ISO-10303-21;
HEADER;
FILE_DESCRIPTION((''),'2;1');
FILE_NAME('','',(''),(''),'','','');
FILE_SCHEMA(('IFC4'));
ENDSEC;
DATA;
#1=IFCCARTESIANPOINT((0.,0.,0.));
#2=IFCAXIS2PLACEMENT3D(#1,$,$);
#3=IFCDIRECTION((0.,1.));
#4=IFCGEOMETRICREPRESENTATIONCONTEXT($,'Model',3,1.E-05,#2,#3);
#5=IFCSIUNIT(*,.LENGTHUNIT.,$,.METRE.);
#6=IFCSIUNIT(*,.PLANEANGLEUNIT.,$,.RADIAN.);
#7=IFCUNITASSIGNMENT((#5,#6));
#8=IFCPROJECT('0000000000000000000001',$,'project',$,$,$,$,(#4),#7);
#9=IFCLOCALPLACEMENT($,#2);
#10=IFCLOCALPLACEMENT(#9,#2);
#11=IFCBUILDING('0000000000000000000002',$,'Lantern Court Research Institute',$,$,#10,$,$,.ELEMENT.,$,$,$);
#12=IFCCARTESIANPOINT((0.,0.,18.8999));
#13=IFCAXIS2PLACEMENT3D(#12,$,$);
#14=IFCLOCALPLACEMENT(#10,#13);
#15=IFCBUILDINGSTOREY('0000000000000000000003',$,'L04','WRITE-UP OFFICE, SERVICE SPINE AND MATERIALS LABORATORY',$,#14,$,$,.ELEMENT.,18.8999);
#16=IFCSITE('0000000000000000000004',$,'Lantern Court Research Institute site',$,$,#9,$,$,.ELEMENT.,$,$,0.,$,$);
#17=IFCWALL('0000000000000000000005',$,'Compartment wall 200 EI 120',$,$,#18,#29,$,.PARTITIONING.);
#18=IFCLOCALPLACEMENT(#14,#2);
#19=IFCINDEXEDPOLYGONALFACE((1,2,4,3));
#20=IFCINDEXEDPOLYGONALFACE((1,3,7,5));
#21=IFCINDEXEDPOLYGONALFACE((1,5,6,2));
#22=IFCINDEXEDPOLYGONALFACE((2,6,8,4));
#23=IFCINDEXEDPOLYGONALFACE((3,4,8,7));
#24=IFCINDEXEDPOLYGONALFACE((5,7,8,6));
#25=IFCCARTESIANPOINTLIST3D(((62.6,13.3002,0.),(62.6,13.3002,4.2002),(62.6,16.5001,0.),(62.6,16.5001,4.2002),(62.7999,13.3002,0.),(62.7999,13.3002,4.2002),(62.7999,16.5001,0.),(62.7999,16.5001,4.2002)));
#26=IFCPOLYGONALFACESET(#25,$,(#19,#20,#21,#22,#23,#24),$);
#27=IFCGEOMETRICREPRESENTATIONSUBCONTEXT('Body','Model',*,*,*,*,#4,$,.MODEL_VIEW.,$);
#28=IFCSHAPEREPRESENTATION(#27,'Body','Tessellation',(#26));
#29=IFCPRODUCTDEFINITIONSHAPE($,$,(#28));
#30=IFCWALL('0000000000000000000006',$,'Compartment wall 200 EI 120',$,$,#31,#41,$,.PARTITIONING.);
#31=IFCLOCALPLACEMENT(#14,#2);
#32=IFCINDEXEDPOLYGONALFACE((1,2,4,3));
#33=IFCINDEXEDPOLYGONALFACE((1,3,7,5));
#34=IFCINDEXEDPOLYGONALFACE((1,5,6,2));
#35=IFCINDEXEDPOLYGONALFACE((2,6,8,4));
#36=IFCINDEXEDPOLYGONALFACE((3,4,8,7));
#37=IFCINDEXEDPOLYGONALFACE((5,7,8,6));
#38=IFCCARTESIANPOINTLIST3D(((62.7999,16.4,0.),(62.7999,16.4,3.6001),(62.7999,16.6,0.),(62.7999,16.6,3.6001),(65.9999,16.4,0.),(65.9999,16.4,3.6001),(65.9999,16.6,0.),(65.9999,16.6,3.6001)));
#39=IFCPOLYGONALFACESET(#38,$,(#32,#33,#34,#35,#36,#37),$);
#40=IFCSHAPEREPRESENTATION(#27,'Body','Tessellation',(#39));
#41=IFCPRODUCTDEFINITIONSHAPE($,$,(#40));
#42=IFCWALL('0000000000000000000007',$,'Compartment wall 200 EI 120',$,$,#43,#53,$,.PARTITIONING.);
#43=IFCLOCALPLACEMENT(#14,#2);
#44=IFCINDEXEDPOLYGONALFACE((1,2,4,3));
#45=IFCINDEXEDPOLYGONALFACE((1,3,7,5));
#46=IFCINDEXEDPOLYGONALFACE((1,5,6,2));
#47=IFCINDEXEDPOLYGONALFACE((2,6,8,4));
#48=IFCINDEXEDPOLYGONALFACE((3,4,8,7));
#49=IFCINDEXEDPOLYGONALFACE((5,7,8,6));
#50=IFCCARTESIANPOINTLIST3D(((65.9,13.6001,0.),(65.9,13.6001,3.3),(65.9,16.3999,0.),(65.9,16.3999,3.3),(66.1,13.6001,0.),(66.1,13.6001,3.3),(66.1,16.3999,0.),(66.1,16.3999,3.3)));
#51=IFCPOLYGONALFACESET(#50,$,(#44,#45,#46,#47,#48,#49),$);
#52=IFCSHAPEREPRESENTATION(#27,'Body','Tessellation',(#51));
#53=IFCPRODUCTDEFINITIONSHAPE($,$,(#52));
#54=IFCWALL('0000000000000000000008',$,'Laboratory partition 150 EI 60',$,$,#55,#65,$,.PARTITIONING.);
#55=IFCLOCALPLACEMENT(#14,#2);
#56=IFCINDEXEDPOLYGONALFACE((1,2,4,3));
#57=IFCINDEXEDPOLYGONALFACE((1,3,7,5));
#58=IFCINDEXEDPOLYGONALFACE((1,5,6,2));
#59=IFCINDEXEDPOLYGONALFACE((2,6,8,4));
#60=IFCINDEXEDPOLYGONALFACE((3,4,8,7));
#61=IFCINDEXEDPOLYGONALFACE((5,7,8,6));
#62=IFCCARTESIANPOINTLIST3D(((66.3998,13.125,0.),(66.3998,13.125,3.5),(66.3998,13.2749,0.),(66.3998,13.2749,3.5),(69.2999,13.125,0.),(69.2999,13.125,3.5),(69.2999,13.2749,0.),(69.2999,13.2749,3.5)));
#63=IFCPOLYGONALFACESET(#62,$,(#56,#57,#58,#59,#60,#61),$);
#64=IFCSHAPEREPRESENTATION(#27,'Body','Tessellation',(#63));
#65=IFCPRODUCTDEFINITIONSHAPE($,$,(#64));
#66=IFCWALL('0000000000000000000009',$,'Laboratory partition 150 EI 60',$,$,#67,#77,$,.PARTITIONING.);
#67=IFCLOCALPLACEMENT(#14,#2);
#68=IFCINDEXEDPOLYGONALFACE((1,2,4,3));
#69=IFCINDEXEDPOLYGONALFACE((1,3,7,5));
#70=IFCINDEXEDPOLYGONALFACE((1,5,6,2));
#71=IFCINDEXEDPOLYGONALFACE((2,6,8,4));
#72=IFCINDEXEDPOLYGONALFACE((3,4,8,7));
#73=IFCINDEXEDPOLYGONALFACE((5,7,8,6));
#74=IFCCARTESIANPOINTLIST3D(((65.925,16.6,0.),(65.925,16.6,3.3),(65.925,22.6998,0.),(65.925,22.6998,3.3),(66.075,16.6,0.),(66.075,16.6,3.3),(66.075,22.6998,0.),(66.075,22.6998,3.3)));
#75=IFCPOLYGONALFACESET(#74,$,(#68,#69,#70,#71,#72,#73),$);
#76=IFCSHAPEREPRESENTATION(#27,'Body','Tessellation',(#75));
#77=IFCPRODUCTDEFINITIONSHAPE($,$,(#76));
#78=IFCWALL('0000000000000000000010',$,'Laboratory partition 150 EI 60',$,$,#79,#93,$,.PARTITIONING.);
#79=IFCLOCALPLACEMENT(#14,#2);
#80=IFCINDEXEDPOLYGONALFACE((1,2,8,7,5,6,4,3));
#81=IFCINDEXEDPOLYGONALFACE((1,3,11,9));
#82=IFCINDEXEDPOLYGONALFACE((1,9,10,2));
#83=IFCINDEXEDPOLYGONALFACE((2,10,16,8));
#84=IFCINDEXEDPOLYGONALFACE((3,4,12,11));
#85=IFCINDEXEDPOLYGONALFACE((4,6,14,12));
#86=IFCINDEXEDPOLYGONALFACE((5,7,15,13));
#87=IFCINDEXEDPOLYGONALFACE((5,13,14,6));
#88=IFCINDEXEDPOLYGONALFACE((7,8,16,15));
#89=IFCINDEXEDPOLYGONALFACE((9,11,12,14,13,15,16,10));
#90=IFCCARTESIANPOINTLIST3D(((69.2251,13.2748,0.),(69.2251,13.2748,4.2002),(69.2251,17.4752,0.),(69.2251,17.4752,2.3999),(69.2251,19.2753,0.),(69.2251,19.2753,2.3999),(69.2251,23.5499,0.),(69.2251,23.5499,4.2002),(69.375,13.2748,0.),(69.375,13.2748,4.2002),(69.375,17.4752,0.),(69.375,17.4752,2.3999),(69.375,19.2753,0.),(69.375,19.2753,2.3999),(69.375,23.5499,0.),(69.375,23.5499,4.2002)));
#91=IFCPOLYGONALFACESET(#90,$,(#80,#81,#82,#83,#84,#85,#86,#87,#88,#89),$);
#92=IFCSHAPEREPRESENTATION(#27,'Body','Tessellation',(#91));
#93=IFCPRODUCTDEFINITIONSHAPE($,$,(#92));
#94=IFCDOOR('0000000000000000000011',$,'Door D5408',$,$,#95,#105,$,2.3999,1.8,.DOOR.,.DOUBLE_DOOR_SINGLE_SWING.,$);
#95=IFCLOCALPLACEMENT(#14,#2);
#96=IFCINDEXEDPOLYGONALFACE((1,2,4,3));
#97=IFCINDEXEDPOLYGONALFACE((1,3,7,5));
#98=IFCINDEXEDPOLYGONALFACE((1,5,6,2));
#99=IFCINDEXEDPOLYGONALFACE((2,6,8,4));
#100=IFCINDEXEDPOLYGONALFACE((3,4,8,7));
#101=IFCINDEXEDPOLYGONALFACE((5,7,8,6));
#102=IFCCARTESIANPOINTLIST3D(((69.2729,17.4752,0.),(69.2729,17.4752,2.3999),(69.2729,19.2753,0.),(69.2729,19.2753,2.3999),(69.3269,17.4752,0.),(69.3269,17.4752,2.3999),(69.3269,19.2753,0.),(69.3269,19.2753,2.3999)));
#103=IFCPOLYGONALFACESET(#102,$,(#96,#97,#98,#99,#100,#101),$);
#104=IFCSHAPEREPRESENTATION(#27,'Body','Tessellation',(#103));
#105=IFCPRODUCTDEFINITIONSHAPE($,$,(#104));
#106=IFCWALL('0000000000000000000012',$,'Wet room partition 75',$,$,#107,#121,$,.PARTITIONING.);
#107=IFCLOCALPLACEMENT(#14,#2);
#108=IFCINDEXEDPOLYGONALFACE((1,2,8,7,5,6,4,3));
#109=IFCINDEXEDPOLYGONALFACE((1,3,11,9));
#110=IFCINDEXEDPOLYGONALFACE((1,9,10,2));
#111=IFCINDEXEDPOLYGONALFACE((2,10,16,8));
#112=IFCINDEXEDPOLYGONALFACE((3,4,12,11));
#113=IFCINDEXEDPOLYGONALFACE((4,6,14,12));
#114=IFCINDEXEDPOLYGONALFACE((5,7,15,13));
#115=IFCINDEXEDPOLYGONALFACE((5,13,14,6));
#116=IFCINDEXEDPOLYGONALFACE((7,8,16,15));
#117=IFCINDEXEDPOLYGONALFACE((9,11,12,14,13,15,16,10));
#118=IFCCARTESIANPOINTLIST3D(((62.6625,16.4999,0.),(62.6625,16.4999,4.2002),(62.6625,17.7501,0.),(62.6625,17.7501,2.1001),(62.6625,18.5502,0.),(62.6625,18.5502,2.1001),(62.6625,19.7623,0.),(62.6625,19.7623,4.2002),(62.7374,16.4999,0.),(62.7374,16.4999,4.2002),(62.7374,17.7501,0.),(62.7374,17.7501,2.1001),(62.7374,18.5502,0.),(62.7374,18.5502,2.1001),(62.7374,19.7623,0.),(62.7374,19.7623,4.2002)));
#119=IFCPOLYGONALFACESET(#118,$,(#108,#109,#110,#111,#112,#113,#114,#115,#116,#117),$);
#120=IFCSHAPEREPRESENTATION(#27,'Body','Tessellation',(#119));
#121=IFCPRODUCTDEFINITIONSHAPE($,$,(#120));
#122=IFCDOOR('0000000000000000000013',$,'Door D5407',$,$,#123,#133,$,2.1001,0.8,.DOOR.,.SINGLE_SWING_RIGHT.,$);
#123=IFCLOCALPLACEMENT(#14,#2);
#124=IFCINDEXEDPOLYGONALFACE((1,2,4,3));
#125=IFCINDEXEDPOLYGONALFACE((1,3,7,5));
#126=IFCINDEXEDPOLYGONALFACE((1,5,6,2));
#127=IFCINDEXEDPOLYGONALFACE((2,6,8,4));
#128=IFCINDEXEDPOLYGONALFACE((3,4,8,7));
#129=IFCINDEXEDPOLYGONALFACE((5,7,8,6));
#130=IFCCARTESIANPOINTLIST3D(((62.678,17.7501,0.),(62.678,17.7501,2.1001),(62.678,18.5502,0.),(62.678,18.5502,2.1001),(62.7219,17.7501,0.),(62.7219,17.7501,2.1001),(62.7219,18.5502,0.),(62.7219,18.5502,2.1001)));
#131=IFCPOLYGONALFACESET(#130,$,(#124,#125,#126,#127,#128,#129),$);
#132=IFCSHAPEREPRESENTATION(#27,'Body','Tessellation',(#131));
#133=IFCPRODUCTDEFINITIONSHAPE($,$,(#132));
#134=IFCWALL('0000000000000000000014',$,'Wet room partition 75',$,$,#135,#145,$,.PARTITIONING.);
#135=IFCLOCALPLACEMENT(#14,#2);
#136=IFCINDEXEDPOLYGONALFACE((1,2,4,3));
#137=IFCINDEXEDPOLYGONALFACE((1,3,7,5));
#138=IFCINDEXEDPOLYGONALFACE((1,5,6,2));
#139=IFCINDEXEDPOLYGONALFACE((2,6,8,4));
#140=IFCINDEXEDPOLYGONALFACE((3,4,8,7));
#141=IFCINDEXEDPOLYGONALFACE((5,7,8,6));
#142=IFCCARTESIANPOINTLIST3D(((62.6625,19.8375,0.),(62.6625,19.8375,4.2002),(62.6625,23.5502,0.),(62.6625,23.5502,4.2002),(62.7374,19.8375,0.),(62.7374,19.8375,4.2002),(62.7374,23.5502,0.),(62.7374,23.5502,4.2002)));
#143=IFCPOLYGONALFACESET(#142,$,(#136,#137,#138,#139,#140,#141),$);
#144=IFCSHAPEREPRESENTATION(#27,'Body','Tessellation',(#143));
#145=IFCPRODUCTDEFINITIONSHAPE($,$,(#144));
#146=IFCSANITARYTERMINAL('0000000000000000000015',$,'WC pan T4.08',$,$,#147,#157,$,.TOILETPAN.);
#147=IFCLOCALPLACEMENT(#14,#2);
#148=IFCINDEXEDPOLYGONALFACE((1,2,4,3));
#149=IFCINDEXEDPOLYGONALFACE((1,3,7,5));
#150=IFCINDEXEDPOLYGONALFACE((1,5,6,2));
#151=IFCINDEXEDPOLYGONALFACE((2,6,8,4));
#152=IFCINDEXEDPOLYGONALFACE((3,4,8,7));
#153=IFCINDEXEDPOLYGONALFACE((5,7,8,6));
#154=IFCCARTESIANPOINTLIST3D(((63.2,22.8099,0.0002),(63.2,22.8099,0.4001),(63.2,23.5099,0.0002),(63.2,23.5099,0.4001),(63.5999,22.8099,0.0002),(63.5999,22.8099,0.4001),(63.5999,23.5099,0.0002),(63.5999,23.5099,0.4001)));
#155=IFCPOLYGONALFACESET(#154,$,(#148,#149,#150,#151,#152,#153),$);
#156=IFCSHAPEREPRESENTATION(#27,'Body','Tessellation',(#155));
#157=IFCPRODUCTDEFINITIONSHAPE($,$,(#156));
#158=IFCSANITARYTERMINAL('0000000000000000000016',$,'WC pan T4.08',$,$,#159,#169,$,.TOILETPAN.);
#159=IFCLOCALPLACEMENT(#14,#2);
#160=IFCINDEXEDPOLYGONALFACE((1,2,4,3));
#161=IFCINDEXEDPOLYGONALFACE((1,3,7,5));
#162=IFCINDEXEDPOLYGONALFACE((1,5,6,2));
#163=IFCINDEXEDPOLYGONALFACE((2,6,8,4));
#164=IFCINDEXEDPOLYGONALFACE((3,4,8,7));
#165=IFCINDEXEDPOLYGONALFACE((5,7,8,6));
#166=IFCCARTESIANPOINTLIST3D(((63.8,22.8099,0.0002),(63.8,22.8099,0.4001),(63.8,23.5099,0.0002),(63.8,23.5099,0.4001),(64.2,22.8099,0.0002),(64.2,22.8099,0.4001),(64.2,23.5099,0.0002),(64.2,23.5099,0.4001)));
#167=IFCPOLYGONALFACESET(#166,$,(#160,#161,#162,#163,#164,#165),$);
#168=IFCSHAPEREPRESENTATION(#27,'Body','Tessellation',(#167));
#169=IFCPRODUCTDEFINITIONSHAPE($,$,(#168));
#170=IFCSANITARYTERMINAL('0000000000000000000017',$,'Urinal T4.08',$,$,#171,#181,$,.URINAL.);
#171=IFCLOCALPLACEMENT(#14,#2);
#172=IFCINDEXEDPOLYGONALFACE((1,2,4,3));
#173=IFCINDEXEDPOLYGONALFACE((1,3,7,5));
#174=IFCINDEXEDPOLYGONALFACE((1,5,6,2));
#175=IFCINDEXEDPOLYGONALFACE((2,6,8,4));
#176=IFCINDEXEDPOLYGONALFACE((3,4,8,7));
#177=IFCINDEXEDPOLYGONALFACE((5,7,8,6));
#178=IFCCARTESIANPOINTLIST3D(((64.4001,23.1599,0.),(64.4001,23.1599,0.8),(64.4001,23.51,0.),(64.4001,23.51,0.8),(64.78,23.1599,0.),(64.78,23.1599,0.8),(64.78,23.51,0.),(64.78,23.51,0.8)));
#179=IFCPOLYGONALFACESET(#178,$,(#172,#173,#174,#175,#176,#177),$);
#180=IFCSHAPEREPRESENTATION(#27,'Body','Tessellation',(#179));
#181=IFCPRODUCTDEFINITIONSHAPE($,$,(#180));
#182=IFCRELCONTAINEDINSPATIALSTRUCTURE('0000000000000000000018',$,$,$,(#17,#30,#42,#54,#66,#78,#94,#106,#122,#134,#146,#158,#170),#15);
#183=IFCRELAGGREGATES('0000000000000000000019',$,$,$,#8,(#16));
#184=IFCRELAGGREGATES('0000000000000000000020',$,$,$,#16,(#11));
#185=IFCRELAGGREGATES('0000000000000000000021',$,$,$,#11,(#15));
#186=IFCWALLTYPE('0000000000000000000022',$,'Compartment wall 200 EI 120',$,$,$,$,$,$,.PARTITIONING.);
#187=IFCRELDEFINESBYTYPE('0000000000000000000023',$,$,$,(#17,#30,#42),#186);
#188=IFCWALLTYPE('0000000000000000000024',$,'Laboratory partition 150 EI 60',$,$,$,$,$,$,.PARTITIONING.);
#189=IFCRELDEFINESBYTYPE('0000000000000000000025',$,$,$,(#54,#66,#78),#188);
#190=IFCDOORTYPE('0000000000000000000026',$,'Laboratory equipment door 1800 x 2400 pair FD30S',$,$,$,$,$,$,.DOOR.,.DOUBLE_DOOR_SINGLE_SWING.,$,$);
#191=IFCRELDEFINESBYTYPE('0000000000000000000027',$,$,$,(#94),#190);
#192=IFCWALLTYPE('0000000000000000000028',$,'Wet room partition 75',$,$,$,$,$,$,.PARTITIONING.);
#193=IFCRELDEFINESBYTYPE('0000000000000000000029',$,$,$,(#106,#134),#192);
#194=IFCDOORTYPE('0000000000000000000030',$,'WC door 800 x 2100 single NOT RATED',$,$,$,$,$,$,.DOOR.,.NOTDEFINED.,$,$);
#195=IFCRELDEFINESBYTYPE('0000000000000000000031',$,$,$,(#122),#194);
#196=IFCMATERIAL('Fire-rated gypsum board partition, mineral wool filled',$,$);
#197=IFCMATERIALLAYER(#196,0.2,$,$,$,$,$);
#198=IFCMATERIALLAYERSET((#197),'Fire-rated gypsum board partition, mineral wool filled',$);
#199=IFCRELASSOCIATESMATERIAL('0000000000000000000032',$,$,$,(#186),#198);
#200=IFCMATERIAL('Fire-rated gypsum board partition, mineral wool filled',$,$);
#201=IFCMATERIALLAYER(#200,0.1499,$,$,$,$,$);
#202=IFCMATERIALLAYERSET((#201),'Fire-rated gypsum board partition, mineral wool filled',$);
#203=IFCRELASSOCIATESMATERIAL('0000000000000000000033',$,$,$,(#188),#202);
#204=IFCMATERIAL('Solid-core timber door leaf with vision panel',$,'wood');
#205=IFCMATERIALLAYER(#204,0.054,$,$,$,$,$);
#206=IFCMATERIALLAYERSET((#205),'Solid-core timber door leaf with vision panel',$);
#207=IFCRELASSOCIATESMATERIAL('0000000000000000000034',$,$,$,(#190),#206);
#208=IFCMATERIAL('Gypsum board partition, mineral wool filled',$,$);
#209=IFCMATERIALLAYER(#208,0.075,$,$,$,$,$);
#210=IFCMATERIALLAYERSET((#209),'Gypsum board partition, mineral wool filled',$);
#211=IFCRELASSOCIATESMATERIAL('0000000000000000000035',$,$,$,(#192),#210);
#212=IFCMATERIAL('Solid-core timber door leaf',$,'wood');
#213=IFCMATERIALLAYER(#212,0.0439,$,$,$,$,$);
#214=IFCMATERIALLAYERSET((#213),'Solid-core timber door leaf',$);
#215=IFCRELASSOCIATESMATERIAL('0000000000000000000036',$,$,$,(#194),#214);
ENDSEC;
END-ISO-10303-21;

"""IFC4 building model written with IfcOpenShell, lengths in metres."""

from ifc_helpers import new_model, si_unit, direction, frame, frame_2d, origin, origin_2d, place, context, subcontext, project, spatial, rectangle, extrude, material, layer, layer_set, type_object, element, fill, save


model = new_model("IFC4")

# Units and contexts
model_context = context("Model", 3, precision=1e-05, world=origin(), true_north=direction((0.0, 1.0)))
body_context = subcontext(model_context, "Body", "Model", "MODEL_VIEW")
ifc_project = project(units=[si_unit("LENGTHUNIT", "METRE"), si_unit("PLANEANGLEUNIT", "RADIAN")], contexts=[model_context])

# Site, building, storey
site_placement = place(None, origin())
site = spatial("IfcSite", under=ifc_project, at=site_placement, Name="Lantern Court Research Institute site", CompositionType="ELEMENT", RefElevation=0.0)
building_placement = place(site_placement, origin())
building = spatial("IfcBuilding", under=site, at=building_placement, Name="Lantern Court Research Institute", CompositionType="ELEMENT")
storey_placement = place(building_placement, frame((0.0, 0.0, 18.8999)))
storey = spatial("IfcBuildingStorey", under=building, at=storey_placement, Name="L04", Description="WRITE-UP OFFICE, SERVICE SPINE AND MATERIALS LABORATORY", CompositionType="ELEMENT", Elevation=18.8999)

# Shared definitions
ifc_material_1 = material(Name="Fire-rated gypsum board partition, mineral wool filled")
ifc_layer_1 = layer(ifc_material_1, 0.2)
ifc_layer_set_1 = layer_set([ifc_layer_1], Name="Fire-rated gypsum board partition, mineral wool filled")
wall_type_1 = type_object("IfcWallType", Name="Compartment wall 200 EI 120", PredefinedType="PARTITIONING", material=ifc_layer_set_1)

# Walls
wall_1_placement = place(storey_placement, frame((62.7, 13.3, 0.0), z_axis=(0.0, 0.0, 1.0), x_axis=(0.0, 1.0, 0.0)))
element("IfcWall", 1, at=wall_1_placement, inside=storey, type_object=wall_type_1, Name="Compartment wall 200 EI 120", PredefinedType="PARTITIONING", context=body_context, shape_type="SweptSolid", body=[
    extrude(rectangle(XDim=3.2, YDim=0.2, at=frame_2d((1.6001, 0.0))), origin(), (0.0, 0.0, 1.0), 4.2002),
])
wall_2_placement = place(storey_placement, frame((66.0, 16.5, 0.0), z_axis=(0.0, 0.0, 1.0), x_axis=(-1.0, 0.0, 0.0)))
element("IfcWall", 2, at=wall_2_placement, inside=storey, type_object=wall_type_1, Name="Compartment wall 200 EI 120", PredefinedType="PARTITIONING", context=body_context, shape_type="SweptSolid", body=[
    extrude(rectangle(XDim=3.2, YDim=0.2, at=frame_2d((1.6001, 0.0))), origin(), (0.0, 0.0, 1.0), 3.6001),
])
wall_3_placement = place(storey_placement, frame((66.0, 13.6001, 0.0), z_axis=(0.0, 0.0, 1.0), x_axis=(0.0, 1.0, 0.0)))
element("IfcWall", 3, at=wall_3_placement, inside=storey, type_object=wall_type_1, Name="Compartment wall 200 EI 120", PredefinedType="PARTITIONING", context=body_context, shape_type="SweptSolid", body=[
    extrude(rectangle(XDim=2.7998, YDim=0.2, at=frame_2d((1.3999, 0.0))), origin(), (0.0, 0.0, 1.0), 3.3),
])
ifc_material_2 = material(Name="Fire-rated gypsum board partition, mineral wool filled")
ifc_layer_2 = layer(ifc_material_2, 0.1499)
ifc_layer_set_2 = layer_set([ifc_layer_2], Name="Fire-rated gypsum board partition, mineral wool filled")
wall_type_2 = type_object("IfcWallType", Name="Laboratory partition 150 EI 60", PredefinedType="PARTITIONING", material=ifc_layer_set_2)
wall_4_placement = place(storey_placement, frame((69.3, 13.2, 0.0), z_axis=(0.0, 0.0, 1.0), x_axis=(-1.0, 0.0, 0.0)))
element("IfcWall", 4, at=wall_4_placement, inside=storey, type_object=wall_type_2, Name="Laboratory partition 150 EI 60", PredefinedType="PARTITIONING", context=body_context, shape_type="SweptSolid", body=[
    extrude(rectangle(XDim=2.9001, YDim=0.1499, at=frame_2d((1.4502, 0.0))), origin(), (0.0, 0.0, 1.0), 3.5),
])
wall_5_placement = place(storey_placement, frame((66.0, 16.6001, 0.0), z_axis=(0.0, 0.0, 1.0), x_axis=(0.0, 1.0, 0.0)))
element("IfcWall", 5, at=wall_5_placement, inside=storey, type_object=wall_type_2, Name="Laboratory partition 150 EI 60", PredefinedType="PARTITIONING", context=body_context, shape_type="SweptSolid", body=[
    extrude(rectangle(XDim=6.0999, YDim=0.1499, at=frame_2d((3.0498, 0.0))), origin(), (0.0, 0.0, 1.0), 3.3),
])

# Walls, openings, doors
wall_6_placement = place(storey_placement, frame((69.3, 23.55, 0.0), z_axis=(0.0, 0.0, 1.0), x_axis=(0.0, -1.0, 0.0)))
wall_6 = element("IfcWall", 6, at=wall_6_placement, inside=storey, type_object=wall_type_2, Name="Laboratory partition 150 EI 60", PredefinedType="PARTITIONING", context=body_context, shape_type="SweptSolid", body=[
    extrude(rectangle(XDim=10.2751, YDim=0.1499, at=frame_2d((5.1377, 0.0))), origin(), (0.0, 0.0, 1.0), 4.2002),
])
opening_1_placement = place(wall_6_placement, frame((4.2749, 0.0, 0.0)))
opening_1 = element("IfcOpeningElement", 7, at=opening_1_placement, cuts=wall_6, PredefinedType="OPENING", context=body_context, shape_type="SweptSolid", body=[
    extrude(rectangle(XDim=1.8, YDim=2.3999, at=frame_2d((0.8999, 1.2))), frame((0.0, 0.085, 0.0), z_axis=(0.0, -1.0, 0.0), x_axis=(1.0, 0.0, 0.0)), (0.0, 0.0, 1.0), 0.1699),
])
ifc_material_3 = material(Name="Solid-core timber door leaf with vision panel", Category="wood")
ifc_layer_3 = layer(ifc_material_3, 0.054)
ifc_layer_set_3 = layer_set([ifc_layer_3], Name="Solid-core timber door leaf with vision panel")
door_type_1 = type_object("IfcDoorType", Name="Laboratory equipment door 1800 x 2400 pair FD30S", OperationType="DOUBLE_DOOR_SINGLE_SWING", PredefinedType="DOOR", material=ifc_layer_set_3)
door_1_placement = place(opening_1_placement, origin())
door_1 = element("IfcDoor", 8, at=door_1_placement, inside=storey, type_object=door_type_1, Name="Door D5408", OperationType="DOUBLE_DOOR_SINGLE_SWING", OverallHeight=2.3999, OverallWidth=1.8, PredefinedType="DOOR", context=body_context, shape_type="SweptSolid", body=[
    extrude(rectangle(XDim=1.8, YDim=2.3999, at=frame_2d((0.8999, 1.2))), frame((0.0, 0.0269, 0.0), z_axis=(0.0, -1.0, 0.0), x_axis=(1.0, 0.0, 0.0)), (0.0, 0.0, 1.0), 0.054),
])
fill(opening_1, door_1)
ifc_material_4 = material(Name="Gypsum board partition, mineral wool filled")
ifc_layer_4 = layer(ifc_material_4, 0.075)
ifc_layer_set_4 = layer_set([ifc_layer_4], Name="Gypsum board partition, mineral wool filled")
wall_type_3 = type_object("IfcWallType", Name="Wet room partition 75", PredefinedType="PARTITIONING", material=ifc_layer_set_4)
wall_7_placement = place(storey_placement, frame((62.7, 19.7625, 0.0), z_axis=(0.0, 0.0, 1.0), x_axis=(0.0, -1.0, 0.0)))
wall_7 = element("IfcWall", 9, at=wall_7_placement, inside=storey, type_object=wall_type_3, Name="Wet room partition 75", PredefinedType="PARTITIONING", context=body_context, shape_type="SweptSolid", body=[
    extrude(rectangle(XDim=3.2625, YDim=0.075, at=frame_2d((1.6313, 0.0))), origin(), (0.0, 0.0, 1.0), 4.2002),
])
opening_2_placement = place(wall_7_placement, frame((1.2124, 0.0, 0.0)))
opening_2 = element("IfcOpeningElement", 10, at=opening_2_placement, cuts=wall_7, PredefinedType="OPENING", context=body_context, shape_type="SweptSolid", body=[
    extrude(rectangle(XDim=0.8, YDim=2.1001, at=frame_2d((0.3999, 1.05))), frame((0.0, 0.0474, 0.0), z_axis=(0.0, -1.0, 0.0), x_axis=(1.0, 0.0, 0.0)), (0.0, 0.0, 1.0), 0.095),
])
ifc_material_5 = material(Name="Solid-core timber door leaf", Category="wood")
ifc_layer_5 = layer(ifc_material_5, 0.0439)
ifc_layer_set_5 = layer_set([ifc_layer_5], Name="Solid-core timber door leaf")
door_type_2 = type_object("IfcDoorType", Name="WC door 800 x 2100 single NOT RATED", OperationType="NOTDEFINED", PredefinedType="DOOR", material=ifc_layer_set_5)
door_2_placement = place(opening_2_placement, origin())
door_2 = element("IfcDoor", 11, at=door_2_placement, inside=storey, type_object=door_type_2, Name="Door D5407", OperationType="SINGLE_SWING_RIGHT", OverallHeight=2.1001, OverallWidth=0.8, PredefinedType="DOOR", context=body_context, shape_type="SweptSolid", body=[
    extrude(rectangle(XDim=0.8, YDim=2.1001, at=frame_2d((0.3999, 1.05))), frame((0.0, 0.022, 0.0), z_axis=(0.0, -1.0, 0.0), x_axis=(1.0, 0.0, 0.0)), (0.0, 0.0, 1.0), 0.0439),
])
fill(opening_2, door_2)

# Wall
wall_8_placement = place(storey_placement, frame((62.7, 19.8374, 0.0), z_axis=(0.0, 0.0, 1.0), x_axis=(0.0, 1.0, 0.0)))
element("IfcWall", 12, at=wall_8_placement, inside=storey, type_object=wall_type_3, Name="Wet room partition 75", PredefinedType="PARTITIONING", context=body_context, shape_type="SweptSolid", body=[
    extrude(rectangle(XDim=3.7126, YDim=0.075, at=frame_2d((1.8564, 0.0))), origin(), (0.0, 0.0, 1.0), 4.2002),
])

# Sanitary terminals
for number, where, z_axis, x_axis, name in (
    (13, (63.3999, 23.1599, 0.0002), (0.0, 0.0, 1.0), (1.0, 0.0, 0.0), "WC pan T4.08"),
    (14, (64.0, 23.1599, 0.0002), (0.0, 0.0, 1.0), (1.0, 0.0, 0.0), "WC pan T4.08"),
):
    element("IfcSanitaryTerminal", number, at=place(storey_placement, frame(where, z_axis=z_axis, x_axis=x_axis)), inside=storey, Name=name, PredefinedType="TOILETPAN", context=body_context, shape_type="SweptSolid", body=[
        extrude(rectangle(XDim=0.3999, YDim=0.7, at=origin_2d()), origin(), (0.0, 0.0, 1.0), 0.3999),
    ])
for number, where, z_axis, x_axis, name in (
    (15, (64.5901, 23.335, 0.0), (0.0, 0.0, 1.0), (1.0, 0.0, 0.0), "Urinal T4.08"),
):
    element("IfcSanitaryTerminal", number, at=place(storey_placement, frame(where, z_axis=z_axis, x_axis=x_axis)), inside=storey, Name=name, PredefinedType="URINAL", context=body_context, shape_type="SweptSolid", body=[
        extrude(rectangle(XDim=0.3799, YDim=0.3501, at=origin_2d()), origin(), (0.0, 0.0, 1.0), 0.8),
    ])

save(model, "model.ifc")
